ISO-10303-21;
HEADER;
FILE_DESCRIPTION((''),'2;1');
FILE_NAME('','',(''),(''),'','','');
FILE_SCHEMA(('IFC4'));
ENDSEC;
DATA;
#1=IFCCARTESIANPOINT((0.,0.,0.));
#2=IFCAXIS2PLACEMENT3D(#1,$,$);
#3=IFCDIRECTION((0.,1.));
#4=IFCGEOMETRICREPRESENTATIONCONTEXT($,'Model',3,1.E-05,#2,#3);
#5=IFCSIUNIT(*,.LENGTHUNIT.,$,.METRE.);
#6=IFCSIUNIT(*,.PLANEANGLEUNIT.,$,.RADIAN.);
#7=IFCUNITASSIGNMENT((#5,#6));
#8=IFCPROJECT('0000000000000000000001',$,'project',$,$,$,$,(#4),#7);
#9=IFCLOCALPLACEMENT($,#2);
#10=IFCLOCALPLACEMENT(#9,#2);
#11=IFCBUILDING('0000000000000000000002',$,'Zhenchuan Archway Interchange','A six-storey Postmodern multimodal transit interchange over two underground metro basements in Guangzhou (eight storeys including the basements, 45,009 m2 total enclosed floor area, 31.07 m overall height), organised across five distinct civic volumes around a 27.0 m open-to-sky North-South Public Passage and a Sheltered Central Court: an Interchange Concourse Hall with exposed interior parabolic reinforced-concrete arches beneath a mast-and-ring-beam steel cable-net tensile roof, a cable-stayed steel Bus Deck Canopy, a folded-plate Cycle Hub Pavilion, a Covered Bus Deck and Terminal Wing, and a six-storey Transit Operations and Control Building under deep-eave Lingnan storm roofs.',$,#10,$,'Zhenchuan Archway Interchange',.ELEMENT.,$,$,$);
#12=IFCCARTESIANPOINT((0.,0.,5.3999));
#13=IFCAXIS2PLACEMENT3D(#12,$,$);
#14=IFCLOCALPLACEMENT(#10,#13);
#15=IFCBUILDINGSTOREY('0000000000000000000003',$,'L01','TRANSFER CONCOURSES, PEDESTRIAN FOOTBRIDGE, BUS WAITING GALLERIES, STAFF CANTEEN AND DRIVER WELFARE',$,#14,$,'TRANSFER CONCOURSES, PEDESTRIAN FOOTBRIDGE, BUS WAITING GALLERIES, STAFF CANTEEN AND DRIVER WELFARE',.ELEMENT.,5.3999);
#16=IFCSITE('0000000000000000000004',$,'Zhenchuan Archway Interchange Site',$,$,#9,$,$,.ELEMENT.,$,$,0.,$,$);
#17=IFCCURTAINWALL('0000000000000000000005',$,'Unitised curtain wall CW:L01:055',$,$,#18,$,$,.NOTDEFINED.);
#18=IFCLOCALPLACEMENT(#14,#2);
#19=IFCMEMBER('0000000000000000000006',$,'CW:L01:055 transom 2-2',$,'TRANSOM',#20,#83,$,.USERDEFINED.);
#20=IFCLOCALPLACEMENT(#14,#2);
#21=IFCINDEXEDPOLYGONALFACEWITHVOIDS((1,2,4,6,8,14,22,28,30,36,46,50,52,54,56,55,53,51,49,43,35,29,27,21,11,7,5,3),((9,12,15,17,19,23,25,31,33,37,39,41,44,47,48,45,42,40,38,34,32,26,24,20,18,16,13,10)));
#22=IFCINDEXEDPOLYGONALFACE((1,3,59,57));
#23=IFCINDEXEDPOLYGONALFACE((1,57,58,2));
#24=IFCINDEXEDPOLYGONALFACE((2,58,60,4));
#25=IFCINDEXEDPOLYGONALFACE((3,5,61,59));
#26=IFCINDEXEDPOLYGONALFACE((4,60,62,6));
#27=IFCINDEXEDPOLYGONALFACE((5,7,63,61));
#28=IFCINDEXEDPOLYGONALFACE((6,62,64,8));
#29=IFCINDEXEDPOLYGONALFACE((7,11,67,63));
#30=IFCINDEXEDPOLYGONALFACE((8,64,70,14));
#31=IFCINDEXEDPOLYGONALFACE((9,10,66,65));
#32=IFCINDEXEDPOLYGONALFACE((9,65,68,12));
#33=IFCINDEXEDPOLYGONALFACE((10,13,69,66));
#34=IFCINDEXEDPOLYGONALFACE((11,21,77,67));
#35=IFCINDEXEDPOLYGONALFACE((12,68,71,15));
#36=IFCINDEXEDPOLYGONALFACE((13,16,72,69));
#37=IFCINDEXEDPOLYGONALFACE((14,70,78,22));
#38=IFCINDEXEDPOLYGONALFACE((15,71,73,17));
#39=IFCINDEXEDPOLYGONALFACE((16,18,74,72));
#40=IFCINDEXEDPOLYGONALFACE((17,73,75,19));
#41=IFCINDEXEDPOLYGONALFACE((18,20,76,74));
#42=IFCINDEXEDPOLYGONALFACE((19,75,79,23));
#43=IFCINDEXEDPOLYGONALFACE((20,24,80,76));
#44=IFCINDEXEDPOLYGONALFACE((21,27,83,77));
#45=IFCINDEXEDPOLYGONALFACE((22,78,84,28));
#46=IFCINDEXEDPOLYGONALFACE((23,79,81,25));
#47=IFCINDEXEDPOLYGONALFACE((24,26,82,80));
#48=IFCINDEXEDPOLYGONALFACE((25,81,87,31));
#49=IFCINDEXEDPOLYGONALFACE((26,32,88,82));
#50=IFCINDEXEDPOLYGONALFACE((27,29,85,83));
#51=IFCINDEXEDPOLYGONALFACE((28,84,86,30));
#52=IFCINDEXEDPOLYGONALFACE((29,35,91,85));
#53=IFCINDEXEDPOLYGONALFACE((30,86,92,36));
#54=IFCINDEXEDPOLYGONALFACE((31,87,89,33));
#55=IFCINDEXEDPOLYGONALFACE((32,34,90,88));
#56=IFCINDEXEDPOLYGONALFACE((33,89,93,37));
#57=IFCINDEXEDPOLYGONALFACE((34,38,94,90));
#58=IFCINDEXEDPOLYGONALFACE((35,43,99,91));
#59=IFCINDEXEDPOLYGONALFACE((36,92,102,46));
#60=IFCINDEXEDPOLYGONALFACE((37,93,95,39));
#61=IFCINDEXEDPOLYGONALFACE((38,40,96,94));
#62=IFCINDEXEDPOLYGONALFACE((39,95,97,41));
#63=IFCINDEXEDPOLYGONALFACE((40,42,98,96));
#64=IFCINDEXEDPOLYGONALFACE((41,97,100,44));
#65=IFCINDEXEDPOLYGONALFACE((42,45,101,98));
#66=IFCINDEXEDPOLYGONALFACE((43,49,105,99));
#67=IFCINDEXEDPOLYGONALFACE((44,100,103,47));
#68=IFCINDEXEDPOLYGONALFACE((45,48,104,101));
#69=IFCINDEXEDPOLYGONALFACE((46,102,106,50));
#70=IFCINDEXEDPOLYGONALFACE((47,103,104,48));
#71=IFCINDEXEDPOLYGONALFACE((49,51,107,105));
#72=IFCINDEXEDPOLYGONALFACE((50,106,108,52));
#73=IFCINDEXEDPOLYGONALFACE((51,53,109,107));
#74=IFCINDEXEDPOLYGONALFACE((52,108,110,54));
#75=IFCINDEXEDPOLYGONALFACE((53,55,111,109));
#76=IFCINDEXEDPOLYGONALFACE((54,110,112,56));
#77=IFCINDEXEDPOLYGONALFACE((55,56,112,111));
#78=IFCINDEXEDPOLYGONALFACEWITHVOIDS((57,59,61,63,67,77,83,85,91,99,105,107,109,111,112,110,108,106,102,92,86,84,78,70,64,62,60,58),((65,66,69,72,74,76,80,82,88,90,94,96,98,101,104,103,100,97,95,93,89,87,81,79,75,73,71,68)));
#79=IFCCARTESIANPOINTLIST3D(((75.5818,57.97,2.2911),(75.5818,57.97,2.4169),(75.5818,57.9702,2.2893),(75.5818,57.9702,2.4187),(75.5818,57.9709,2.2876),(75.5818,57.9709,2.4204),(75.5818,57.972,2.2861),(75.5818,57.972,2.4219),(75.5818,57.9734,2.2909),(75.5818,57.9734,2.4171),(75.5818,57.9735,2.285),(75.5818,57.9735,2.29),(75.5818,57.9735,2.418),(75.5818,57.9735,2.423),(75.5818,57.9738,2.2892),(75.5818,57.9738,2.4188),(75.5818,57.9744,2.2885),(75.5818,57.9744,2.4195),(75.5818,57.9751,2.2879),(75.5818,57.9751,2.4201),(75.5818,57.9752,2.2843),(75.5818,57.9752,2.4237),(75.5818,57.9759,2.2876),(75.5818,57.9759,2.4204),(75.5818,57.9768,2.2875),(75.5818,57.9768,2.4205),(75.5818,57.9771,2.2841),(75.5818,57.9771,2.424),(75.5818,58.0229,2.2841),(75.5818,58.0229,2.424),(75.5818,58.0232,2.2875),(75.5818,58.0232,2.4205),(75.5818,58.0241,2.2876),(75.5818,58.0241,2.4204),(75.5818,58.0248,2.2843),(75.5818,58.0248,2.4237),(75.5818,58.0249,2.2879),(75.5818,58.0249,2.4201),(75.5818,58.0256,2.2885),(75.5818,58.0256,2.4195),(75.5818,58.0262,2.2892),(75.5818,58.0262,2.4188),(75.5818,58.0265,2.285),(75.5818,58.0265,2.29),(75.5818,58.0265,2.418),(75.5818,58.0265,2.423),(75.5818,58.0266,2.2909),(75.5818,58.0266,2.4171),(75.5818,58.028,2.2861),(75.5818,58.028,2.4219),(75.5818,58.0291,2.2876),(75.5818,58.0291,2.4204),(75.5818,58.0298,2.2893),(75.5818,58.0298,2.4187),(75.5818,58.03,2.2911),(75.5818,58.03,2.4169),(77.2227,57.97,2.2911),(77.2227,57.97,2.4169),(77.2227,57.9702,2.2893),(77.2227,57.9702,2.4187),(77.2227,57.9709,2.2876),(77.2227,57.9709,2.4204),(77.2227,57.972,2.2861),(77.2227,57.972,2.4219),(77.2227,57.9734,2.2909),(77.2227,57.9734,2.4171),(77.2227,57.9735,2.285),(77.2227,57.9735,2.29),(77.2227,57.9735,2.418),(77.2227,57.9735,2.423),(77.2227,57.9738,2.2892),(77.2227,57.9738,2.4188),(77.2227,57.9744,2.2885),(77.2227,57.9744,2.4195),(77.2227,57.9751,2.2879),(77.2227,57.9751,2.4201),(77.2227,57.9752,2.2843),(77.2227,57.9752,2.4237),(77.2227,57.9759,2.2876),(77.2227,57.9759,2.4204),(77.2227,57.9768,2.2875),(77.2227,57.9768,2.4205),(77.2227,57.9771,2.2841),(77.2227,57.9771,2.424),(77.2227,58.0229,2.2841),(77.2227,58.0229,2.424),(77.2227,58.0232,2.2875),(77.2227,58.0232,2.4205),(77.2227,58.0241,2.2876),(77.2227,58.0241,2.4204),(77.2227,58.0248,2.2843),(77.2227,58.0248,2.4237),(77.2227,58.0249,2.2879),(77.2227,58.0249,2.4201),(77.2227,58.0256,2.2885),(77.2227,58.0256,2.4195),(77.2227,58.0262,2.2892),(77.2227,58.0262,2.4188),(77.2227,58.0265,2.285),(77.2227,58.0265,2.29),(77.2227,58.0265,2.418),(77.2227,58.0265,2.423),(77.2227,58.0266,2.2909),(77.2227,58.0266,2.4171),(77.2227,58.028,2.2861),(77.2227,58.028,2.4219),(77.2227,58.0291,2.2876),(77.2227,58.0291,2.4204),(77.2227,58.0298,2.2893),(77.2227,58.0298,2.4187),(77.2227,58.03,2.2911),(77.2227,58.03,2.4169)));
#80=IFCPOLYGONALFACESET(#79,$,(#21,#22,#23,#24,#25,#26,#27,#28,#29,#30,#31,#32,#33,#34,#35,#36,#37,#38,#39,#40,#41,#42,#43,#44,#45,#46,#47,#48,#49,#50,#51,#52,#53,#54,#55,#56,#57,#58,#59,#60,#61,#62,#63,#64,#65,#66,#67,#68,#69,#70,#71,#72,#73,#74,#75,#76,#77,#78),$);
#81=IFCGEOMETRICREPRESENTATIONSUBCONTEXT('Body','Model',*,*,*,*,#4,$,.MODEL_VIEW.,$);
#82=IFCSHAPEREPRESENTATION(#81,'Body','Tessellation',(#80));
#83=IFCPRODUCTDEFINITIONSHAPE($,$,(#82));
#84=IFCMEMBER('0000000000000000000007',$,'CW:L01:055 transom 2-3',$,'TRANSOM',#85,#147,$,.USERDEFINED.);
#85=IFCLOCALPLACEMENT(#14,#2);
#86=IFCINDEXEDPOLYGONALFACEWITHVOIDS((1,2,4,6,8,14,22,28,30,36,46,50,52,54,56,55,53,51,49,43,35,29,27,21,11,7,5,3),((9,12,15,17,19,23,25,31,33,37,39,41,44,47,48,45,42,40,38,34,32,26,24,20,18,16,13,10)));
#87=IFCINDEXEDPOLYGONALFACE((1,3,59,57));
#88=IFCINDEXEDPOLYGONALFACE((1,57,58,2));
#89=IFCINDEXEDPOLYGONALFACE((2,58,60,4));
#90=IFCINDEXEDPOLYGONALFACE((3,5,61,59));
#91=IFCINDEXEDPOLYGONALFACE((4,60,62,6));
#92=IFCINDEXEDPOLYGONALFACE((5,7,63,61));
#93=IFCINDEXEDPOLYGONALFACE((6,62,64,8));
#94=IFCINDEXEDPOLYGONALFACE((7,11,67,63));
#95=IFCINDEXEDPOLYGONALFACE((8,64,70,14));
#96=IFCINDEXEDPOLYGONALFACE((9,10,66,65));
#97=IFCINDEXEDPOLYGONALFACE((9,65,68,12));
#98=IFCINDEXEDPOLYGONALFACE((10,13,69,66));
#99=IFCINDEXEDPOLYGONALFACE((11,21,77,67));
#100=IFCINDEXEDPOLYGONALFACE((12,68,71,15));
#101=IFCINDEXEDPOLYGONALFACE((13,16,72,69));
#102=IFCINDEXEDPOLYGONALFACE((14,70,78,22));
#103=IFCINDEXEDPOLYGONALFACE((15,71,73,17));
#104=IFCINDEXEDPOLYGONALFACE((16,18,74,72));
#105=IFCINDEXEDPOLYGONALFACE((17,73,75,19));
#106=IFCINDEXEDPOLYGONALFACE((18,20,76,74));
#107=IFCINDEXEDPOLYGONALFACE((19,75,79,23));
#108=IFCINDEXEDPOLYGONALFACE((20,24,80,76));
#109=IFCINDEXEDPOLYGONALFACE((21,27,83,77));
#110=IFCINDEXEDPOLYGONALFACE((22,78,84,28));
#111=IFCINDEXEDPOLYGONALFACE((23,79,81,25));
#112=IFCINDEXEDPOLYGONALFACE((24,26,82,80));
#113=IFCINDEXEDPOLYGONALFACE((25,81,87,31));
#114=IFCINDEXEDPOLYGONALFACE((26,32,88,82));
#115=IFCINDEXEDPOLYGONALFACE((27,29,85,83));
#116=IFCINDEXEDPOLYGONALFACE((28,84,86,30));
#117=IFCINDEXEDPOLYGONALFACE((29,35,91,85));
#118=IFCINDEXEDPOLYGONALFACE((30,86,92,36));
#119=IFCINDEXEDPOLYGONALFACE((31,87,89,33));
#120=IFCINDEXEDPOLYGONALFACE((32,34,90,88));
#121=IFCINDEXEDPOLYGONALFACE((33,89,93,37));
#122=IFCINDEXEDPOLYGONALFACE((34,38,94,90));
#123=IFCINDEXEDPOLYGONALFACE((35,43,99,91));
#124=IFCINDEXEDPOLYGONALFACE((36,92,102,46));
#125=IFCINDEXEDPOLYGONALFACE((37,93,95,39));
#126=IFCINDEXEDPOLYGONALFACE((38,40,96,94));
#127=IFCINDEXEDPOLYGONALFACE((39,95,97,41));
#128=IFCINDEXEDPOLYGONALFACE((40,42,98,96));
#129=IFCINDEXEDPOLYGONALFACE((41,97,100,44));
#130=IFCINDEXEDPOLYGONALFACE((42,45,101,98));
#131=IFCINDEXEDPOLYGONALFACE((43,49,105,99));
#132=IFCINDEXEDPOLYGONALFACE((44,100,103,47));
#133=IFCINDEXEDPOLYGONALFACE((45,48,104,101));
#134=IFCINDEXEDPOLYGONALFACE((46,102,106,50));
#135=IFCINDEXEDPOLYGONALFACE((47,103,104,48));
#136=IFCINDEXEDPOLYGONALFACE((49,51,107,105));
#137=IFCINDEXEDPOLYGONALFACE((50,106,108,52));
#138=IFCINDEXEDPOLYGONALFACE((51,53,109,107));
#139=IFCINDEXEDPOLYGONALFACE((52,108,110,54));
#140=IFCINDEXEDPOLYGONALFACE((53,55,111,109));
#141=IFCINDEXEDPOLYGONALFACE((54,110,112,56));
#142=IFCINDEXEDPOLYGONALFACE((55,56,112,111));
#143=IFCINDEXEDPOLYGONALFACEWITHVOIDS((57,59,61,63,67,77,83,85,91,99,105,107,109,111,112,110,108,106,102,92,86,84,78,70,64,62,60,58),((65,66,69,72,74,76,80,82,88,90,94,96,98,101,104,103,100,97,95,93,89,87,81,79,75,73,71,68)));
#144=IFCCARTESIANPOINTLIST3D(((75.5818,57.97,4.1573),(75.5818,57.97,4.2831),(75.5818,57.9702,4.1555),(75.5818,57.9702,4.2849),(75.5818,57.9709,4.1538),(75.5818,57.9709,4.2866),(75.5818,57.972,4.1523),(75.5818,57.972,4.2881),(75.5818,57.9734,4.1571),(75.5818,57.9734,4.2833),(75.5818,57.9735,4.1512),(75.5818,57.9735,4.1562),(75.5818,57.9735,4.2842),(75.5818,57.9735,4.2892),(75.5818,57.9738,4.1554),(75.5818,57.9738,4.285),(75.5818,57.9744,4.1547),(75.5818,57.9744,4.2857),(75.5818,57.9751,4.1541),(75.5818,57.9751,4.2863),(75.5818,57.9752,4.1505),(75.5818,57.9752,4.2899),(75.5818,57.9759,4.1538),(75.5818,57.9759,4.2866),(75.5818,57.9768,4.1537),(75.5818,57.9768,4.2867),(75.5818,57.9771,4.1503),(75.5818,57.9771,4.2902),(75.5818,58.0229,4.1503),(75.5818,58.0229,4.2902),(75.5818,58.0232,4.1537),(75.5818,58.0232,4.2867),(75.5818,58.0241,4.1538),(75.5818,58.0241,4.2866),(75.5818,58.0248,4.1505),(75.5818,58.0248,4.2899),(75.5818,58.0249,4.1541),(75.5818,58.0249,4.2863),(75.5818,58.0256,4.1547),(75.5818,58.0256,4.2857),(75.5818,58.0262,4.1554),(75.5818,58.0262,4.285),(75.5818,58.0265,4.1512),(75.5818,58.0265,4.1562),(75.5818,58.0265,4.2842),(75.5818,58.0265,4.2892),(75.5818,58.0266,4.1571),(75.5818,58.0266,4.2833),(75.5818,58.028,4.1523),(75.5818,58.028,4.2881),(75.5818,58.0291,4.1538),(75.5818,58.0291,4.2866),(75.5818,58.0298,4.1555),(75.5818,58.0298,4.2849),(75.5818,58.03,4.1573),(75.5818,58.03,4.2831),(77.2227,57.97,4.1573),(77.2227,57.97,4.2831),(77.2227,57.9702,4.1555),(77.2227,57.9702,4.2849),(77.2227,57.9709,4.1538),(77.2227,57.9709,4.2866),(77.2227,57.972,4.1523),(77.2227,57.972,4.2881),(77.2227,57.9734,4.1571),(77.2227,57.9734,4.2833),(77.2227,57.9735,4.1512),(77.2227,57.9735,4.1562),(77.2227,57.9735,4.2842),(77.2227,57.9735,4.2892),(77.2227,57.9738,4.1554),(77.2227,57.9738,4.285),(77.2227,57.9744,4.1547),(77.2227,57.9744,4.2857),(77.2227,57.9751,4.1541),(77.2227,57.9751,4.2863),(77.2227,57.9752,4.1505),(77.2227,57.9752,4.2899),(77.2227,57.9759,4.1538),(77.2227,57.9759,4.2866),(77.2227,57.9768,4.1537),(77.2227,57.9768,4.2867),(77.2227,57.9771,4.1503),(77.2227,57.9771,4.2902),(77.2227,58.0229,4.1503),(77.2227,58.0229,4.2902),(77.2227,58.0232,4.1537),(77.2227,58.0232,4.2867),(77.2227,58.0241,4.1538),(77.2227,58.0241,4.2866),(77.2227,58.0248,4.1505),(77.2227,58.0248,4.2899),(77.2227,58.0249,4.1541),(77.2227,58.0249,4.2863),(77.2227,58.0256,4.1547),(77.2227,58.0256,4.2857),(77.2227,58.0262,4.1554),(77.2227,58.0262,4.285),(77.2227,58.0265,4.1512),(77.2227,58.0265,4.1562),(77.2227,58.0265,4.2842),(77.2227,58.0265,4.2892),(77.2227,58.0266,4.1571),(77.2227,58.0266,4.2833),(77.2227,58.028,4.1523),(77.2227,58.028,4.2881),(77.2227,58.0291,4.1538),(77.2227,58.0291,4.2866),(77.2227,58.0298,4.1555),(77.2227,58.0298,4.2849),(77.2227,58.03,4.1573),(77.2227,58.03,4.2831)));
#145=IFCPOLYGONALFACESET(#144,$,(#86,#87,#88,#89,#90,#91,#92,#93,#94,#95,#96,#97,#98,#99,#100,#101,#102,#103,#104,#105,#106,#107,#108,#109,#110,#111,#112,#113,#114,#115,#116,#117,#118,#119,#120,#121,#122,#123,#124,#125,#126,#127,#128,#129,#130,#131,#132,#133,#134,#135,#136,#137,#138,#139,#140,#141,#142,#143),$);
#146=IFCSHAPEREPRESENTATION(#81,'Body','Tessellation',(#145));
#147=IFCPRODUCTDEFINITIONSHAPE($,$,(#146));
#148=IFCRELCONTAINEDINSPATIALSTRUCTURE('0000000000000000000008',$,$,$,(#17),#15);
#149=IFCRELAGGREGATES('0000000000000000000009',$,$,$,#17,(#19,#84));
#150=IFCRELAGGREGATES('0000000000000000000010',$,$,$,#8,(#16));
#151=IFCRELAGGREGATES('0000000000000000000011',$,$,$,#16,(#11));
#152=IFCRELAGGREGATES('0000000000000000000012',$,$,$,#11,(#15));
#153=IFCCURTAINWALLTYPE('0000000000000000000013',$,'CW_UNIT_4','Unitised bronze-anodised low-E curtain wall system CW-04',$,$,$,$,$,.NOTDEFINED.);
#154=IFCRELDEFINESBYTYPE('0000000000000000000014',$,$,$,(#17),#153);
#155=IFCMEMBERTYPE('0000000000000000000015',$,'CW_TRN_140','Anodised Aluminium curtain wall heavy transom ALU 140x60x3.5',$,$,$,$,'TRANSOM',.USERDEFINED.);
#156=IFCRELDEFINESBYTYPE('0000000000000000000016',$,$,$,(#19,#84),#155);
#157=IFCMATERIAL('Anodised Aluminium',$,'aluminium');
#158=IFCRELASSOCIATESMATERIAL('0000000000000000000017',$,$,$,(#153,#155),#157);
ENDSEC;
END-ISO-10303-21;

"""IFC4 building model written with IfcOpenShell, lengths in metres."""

from ifc_helpers import new_model, si_unit, direction, frame, origin, origin_2d, place, context, subcontext, project, spatial, hollow_rectangle, extrude, material, material_profile, profile_set, type_object, element, aggregate, save


model = new_model("IFC4")

# Units and contexts
model_context = context("Model", 3, precision=1e-05, world=origin(), true_north=direction((0.0, 1.0)))
body_context = subcontext(model_context, "Body", "Model", "MODEL_VIEW")
ifc_project = project(units=[si_unit("LENGTHUNIT", "METRE"), si_unit("PLANEANGLEUNIT", "RADIAN")], contexts=[model_context])

# Site, building, storey
site_placement = place(None, origin())
site = spatial("IfcSite", under=ifc_project, at=site_placement, Name="Zhenchuan Archway Interchange Site", CompositionType="ELEMENT", RefElevation=0.0)
building_placement = place(site_placement, origin())
building = spatial("IfcBuilding", under=site, at=building_placement, Name="Zhenchuan Archway Interchange", Description="A six-storey Postmodern multimodal transit interchange over two underground metro basements in Guangzhou (eight storeys including the basements, 45,009 m2 total enclosed floor area, 31.07 m overall height), organised across five distinct civic volumes around a 27.0 m open-to-sky North-South Public Passage and a Sheltered Central Court: an Interchange Concourse Hall with exposed interior parabolic reinforced-concrete arches beneath a mast-and-ring-beam steel cable-net tensile roof, a cable-stayed steel Bus Deck Canopy, a folded-plate Cycle Hub Pavilion, a Covered Bus Deck and Terminal Wing, and a six-storey Transit Operations and Control Building under deep-eave Lingnan storm roofs.", LongName="Zhenchuan Archway Interchange", CompositionType="ELEMENT")
storey_placement = place(building_placement, frame((0.0, 0.0, 5.3999)))
storey = spatial("IfcBuildingStorey", under=building, at=storey_placement, Name="L01", Description="TRANSFER CONCOURSES, PEDESTRIAN FOOTBRIDGE, BUS WAITING GALLERIES, STAFF CANTEEN AND DRIVER WELFARE", LongName="TRANSFER CONCOURSES, PEDESTRIAN FOOTBRIDGE, BUS WAITING GALLERIES, STAFF CANTEEN AND DRIVER WELFARE", CompositionType="ELEMENT", Elevation=5.3999)

# Shared definitions
ifc_material_1 = material(Name="Anodised Aluminium", Category="aluminium")

# Curtain wall, members
curtain_wall_type_1 = type_object("IfcCurtainWallType", Name="CW_UNIT_4", Description="Unitised bronze-anodised low-E curtain wall system CW-04", PredefinedType="NOTDEFINED", material=ifc_material_1)
curtain_wall_1_placement = place(storey_placement, origin())
curtain_wall_1 = element("IfcCurtainWall", 1, at=curtain_wall_1_placement, inside=storey, type_object=curtain_wall_type_1, Name="Unitised curtain wall CW:L01:055", PredefinedType="NOTDEFINED")
ifc_material_profile_1 = material_profile(ifc_material_1, hollow_rectangle(XDim=0.0601, YDim=0.1399, WallThickness=0.0034, InnerFilletRadius=0.0034, OuterFilletRadius=0.0071, at=origin_2d()), Name="ALU 140x60x3.5")
ifc_profile_set_1 = profile_set([ifc_material_profile_1], Name="Anodised Aluminium")
member_type_1 = type_object("IfcMemberType", Name="CW_TRN_140", Description="Anodised Aluminium curtain wall heavy transom ALU 140x60x3.5", ElementType="TRANSOM", PredefinedType="USERDEFINED", material=ifc_profile_set_1)
member_1_placement = place(storey_placement, frame((75.5818, 58.0, 2.354), z_axis=(1.0, 0.0, 0.0), x_axis=(0.0, 1.0, 0.0)))
member_1 = element("IfcMember", 2, at=member_1_placement, type_object=member_type_1, Name="CW:L01:055 transom 2-2", ObjectType="TRANSOM", PredefinedType="USERDEFINED", context=body_context, shape_type="SweptSolid", body=[
    extrude(hollow_rectangle(XDim=0.0601, YDim=0.1399, WallThickness=0.0034, InnerFilletRadius=0.0034, OuterFilletRadius=0.0071, at=origin_2d()), origin(), (0.0, 0.0, 1.0), 1.6409),
])
member_2_placement = place(storey_placement, frame((75.5818, 58.0, 4.2202), z_axis=(1.0, 0.0, 0.0), x_axis=(0.0, 1.0, 0.0)))
member_2 = element("IfcMember", 3, at=member_2_placement, type_object=member_type_1, Name="CW:L01:055 transom 2-3", ObjectType="TRANSOM", PredefinedType="USERDEFINED", context=body_context, shape_type="SweptSolid", body=[
    extrude(hollow_rectangle(XDim=0.0601, YDim=0.1399, WallThickness=0.0034, InnerFilletRadius=0.0034, OuterFilletRadius=0.0071, at=origin_2d()), origin(), (0.0, 0.0, 1.0), 1.6409),
])

aggregate(curtain_wall_1, [member_1, member_2])

save(model, "model.ifc")
